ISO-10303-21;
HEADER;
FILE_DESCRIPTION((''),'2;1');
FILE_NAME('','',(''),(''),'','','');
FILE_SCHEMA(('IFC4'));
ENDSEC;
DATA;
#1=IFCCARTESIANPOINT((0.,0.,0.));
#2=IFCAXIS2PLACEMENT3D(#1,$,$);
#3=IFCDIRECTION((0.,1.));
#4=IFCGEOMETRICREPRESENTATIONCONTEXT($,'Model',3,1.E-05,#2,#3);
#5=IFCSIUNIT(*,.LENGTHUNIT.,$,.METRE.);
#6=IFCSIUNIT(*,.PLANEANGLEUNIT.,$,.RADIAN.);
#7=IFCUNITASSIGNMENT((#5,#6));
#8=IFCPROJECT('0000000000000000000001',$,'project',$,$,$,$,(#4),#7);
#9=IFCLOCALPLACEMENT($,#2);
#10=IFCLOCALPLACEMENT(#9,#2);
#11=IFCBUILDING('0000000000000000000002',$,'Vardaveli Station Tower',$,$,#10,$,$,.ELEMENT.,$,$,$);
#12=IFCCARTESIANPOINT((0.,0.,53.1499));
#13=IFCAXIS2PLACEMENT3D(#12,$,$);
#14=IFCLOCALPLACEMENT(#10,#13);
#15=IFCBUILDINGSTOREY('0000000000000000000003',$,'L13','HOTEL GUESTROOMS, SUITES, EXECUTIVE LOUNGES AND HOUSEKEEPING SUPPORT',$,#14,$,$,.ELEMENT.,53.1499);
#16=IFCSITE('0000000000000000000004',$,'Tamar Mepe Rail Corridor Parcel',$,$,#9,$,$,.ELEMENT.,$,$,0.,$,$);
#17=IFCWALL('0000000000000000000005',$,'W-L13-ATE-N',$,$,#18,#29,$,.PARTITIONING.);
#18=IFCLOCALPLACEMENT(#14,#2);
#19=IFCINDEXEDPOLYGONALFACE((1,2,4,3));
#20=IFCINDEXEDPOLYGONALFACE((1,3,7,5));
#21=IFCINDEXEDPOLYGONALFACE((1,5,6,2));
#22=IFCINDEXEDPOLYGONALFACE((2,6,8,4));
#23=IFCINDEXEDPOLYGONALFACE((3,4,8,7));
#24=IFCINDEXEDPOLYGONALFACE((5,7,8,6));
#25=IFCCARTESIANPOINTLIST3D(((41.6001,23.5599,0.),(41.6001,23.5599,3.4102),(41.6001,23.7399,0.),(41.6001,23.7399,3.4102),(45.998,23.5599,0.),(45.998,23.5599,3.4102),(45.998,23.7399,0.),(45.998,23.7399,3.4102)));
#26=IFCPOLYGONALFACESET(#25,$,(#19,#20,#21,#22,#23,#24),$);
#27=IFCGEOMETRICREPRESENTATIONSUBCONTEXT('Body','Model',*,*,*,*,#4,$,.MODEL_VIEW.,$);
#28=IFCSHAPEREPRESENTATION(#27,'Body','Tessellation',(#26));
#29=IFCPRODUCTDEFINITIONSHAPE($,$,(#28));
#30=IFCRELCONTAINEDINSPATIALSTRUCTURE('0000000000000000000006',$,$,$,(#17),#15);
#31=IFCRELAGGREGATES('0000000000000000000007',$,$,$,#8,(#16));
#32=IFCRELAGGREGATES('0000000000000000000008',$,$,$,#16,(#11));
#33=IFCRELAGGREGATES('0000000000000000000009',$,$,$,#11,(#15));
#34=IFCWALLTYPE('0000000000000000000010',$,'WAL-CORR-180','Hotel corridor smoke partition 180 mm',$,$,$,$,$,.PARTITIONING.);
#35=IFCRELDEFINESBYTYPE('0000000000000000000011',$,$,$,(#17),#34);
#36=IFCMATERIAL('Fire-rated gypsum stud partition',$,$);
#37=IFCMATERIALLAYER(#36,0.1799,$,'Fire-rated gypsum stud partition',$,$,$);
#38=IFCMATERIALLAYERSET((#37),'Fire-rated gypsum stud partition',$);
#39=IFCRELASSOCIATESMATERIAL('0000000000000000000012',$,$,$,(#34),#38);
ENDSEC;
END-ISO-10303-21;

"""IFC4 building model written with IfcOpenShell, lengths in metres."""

from ifc_helpers import new_model, si_unit, direction, frame, frame_2d, origin, place, context, subcontext, project, spatial, rectangle, extrude, source, transform, mapped, material, layer, layer_set, type_object, element, save


model = new_model("IFC4")

# Units and contexts
model_context = context("Model", 3, precision=1e-05, world=origin(), true_north=direction((0.0, 1.0)))
body_context = subcontext(model_context, "Body", "Model", "MODEL_VIEW")
ifc_project = project(units=[si_unit("LENGTHUNIT", "METRE"), si_unit("PLANEANGLEUNIT", "RADIAN")], contexts=[model_context])

# Site, building, storey
site_placement = place(None, origin())
site = spatial("IfcSite", under=ifc_project, at=site_placement, Name="Tamar Mepe Rail Corridor Parcel", CompositionType="ELEMENT", RefElevation=0.0)
building_placement = place(site_placement, origin())
building = spatial("IfcBuilding", under=site, at=building_placement, Name="Vardaveli Station Tower", CompositionType="ELEMENT")
storey_placement = place(building_placement, frame((0.0, 0.0, 53.1499)))
storey = spatial("IfcBuildingStorey", under=building, at=storey_placement, Name="L13", Description="HOTEL GUESTROOMS, SUITES, EXECUTIVE LOUNGES AND HOUSEKEEPING SUPPORT", CompositionType="ELEMENT", Elevation=53.1499)

# Wall
ifc_material_1 = material(Name="Fire-rated gypsum stud partition")
ifc_layer_1 = layer(ifc_material_1, 0.1799, Name="Fire-rated gypsum stud partition")
ifc_layer_set_1 = layer_set([ifc_layer_1], Name="Fire-rated gypsum stud partition")
wall_type_1 = type_object("IfcWallType", Name="WAL-CORR-180", Description="Hotel corridor smoke partition 180 mm", PredefinedType="PARTITIONING", material=ifc_layer_set_1)
shared_shape_1 = source(origin(), body_context, "Body", "SweptSolid", [
    extrude(rectangle(XDim=4.3979, YDim=0.1799, at=frame_2d((2.199, 0.0))), origin(), (0.0, 0.0, 1.0), 3.4102),
])
wall_1_placement = place(storey_placement, frame((41.6001, 23.6499, 0.0), z_axis=(0.0, 0.0, 1.0), x_axis=(1.0, 0.0, 0.0)))
element("IfcWall", 1, at=wall_1_placement, inside=storey, type_object=wall_type_1, Name="W-L13-ATE-N", PredefinedType="PARTITIONING", context=body_context, shape_type="MappedRepresentation", body=[
    mapped(shared_shape_1, transform((0.0, 0.0, 0.0), scale=1.0)),
])

save(model, "model.ifc")
